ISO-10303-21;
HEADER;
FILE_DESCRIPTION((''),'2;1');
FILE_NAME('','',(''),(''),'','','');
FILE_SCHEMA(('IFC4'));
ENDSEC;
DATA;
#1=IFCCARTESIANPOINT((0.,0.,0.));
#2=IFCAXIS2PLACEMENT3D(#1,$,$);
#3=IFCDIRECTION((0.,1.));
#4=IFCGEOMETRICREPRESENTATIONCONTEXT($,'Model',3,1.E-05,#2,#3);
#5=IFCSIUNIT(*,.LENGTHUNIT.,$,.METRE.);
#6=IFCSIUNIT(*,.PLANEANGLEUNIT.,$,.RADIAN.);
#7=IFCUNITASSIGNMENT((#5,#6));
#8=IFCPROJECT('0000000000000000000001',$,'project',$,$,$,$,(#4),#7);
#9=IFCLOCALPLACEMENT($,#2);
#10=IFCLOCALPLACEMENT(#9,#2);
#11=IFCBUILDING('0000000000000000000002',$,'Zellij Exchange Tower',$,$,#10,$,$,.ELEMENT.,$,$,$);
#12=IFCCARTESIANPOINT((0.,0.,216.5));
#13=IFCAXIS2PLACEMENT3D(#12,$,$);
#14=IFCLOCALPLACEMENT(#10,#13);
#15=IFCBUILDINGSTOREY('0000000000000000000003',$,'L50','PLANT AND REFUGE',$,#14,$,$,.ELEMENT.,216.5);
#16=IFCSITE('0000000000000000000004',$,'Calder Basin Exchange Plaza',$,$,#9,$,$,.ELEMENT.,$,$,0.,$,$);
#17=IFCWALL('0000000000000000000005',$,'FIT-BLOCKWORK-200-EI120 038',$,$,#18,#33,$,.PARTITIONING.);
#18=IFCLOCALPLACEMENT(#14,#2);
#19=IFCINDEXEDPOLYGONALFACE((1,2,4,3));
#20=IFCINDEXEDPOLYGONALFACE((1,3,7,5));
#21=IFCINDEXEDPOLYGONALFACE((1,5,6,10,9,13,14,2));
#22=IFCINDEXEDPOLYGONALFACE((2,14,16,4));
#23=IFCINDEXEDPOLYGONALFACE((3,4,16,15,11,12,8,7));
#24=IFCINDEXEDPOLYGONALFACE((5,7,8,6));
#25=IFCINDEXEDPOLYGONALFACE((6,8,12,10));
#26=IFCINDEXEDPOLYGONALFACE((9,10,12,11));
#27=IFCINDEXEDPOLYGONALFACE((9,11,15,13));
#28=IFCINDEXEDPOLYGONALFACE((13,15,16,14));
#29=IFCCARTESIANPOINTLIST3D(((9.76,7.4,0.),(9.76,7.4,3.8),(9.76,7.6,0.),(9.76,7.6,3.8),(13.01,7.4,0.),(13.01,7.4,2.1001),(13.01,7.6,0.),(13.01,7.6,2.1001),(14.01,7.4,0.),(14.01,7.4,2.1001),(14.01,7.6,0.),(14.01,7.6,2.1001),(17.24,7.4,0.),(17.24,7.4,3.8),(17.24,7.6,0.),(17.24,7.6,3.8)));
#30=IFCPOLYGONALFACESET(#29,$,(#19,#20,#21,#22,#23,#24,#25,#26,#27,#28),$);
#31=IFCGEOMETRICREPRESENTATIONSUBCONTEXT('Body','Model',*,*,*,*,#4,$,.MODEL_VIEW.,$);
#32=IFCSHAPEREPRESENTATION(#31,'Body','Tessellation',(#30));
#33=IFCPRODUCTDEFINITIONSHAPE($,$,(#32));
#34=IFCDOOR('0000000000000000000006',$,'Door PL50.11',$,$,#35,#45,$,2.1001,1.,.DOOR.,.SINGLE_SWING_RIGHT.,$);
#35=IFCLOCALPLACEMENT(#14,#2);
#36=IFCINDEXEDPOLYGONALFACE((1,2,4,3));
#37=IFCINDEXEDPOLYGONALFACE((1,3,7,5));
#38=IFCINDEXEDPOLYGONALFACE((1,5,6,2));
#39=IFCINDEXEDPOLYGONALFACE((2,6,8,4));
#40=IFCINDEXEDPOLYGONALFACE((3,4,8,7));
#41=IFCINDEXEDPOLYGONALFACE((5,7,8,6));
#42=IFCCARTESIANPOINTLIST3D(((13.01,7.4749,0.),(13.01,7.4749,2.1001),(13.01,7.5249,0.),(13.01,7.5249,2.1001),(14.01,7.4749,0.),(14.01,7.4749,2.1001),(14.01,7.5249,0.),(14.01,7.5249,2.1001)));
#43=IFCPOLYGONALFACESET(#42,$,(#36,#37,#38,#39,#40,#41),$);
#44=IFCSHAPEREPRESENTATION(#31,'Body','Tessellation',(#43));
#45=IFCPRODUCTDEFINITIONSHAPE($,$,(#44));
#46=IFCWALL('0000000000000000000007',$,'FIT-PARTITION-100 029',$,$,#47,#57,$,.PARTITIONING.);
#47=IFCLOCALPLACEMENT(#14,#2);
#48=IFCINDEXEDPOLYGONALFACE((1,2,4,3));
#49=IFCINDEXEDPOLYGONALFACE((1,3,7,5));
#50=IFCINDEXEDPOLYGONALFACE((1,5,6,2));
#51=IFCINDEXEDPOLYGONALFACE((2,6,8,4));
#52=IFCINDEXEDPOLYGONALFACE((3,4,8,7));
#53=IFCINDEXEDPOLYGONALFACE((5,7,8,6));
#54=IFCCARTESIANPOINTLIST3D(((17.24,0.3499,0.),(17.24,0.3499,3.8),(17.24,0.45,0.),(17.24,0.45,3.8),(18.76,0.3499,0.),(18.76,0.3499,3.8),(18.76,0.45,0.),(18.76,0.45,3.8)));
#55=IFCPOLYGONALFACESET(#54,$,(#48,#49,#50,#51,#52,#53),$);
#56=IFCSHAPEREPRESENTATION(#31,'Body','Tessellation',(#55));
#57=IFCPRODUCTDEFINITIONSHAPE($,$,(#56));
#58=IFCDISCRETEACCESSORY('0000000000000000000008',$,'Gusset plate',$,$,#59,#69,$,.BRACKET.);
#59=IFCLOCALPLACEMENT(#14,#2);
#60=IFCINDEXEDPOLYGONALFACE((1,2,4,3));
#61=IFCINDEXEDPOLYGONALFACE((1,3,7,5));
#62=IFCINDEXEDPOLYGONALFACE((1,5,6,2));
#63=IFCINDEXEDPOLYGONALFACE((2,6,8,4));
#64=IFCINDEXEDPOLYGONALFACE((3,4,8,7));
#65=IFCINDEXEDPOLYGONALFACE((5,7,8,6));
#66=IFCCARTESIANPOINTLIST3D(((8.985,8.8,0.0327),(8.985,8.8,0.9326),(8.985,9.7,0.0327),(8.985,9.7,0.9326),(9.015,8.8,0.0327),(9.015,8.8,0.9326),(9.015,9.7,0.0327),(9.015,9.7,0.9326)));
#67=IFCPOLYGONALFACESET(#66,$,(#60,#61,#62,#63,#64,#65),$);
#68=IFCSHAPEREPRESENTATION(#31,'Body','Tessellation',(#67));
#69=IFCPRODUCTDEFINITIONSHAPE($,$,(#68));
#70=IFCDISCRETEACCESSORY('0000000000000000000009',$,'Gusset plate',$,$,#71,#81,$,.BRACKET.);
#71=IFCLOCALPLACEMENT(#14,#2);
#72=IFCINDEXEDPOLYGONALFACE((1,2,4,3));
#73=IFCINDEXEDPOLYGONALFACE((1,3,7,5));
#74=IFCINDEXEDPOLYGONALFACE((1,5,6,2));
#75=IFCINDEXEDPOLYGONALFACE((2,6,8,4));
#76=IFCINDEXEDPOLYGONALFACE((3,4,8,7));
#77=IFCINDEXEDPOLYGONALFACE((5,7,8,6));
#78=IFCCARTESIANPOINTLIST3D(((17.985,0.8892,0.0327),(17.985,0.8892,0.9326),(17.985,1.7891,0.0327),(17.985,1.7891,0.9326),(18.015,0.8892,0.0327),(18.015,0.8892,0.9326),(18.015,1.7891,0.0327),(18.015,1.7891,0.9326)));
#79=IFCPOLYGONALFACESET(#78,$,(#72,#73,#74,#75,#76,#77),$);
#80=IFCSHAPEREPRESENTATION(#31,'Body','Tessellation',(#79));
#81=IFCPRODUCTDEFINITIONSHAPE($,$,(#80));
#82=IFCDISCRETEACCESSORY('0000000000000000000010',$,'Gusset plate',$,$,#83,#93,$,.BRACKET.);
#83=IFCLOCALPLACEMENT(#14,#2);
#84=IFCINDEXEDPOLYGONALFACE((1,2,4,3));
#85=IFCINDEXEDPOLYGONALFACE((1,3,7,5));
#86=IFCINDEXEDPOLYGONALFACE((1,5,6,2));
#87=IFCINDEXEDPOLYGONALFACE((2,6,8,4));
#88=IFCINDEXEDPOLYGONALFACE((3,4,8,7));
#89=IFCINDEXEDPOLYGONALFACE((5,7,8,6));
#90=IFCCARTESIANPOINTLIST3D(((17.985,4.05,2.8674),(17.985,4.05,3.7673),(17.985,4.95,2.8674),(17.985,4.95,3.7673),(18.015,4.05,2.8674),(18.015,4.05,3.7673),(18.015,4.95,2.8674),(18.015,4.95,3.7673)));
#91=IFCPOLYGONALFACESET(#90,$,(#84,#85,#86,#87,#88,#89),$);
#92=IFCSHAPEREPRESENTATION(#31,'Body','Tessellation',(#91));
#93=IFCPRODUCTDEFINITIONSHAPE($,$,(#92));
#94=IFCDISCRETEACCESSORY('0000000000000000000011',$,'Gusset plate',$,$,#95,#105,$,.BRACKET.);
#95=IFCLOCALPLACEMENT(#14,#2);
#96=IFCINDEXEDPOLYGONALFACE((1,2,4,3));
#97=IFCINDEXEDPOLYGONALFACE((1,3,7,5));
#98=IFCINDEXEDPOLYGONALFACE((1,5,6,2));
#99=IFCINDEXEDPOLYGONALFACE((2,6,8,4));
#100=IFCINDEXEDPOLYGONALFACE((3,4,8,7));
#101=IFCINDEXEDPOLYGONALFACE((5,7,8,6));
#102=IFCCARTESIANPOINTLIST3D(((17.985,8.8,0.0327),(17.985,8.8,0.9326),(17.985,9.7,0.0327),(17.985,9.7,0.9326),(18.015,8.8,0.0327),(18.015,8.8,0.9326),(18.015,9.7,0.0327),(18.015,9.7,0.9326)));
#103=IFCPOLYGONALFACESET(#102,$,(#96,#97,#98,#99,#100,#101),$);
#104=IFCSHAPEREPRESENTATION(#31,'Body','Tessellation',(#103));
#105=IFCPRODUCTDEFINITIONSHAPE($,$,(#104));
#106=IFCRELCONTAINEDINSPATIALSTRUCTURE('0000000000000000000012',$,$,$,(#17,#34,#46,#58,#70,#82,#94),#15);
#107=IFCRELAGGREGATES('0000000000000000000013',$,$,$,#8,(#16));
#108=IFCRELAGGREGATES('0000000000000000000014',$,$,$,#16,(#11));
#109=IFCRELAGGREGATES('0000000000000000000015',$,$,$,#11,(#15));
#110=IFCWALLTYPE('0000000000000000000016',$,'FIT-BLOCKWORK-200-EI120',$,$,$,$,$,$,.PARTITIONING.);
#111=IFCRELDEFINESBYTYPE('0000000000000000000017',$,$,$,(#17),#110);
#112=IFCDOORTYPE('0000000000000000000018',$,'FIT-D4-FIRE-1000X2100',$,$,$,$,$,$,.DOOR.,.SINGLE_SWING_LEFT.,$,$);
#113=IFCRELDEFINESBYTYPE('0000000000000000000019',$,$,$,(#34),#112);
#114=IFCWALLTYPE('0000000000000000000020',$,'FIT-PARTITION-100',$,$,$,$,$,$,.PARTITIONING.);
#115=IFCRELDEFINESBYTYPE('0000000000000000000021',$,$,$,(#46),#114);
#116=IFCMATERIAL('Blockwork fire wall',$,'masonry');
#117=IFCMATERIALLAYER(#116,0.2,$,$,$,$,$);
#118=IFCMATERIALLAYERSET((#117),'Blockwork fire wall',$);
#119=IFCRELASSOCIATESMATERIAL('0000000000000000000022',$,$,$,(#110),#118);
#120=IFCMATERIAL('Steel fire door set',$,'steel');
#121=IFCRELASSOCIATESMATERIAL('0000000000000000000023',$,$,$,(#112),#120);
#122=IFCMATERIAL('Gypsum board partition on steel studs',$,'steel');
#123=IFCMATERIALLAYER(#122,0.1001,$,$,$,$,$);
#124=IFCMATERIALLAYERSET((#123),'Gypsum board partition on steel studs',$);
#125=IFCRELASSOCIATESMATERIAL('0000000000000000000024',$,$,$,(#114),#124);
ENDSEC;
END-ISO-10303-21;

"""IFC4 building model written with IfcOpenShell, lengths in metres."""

from ifc_helpers import new_model, si_unit, direction, frame, frame_2d, origin, origin_2d, place, context, subcontext, project, spatial, rectangle, extrude, material, layer, layer_set, type_object, element, fill, save


model = new_model("IFC4")

# Units and contexts
model_context = context("Model", 3, precision=1e-05, world=origin(), true_north=direction((0.0, 1.0)))
body_context = subcontext(model_context, "Body", "Model", "MODEL_VIEW")
ifc_project = project(units=[si_unit("LENGTHUNIT", "METRE"), si_unit("PLANEANGLEUNIT", "RADIAN")], contexts=[model_context])

# Site, building, storey
site_placement = place(None, origin())
site = spatial("IfcSite", under=ifc_project, at=site_placement, Name="Calder Basin Exchange Plaza", CompositionType="ELEMENT", RefElevation=0.0)
building_placement = place(site_placement, origin())
building = spatial("IfcBuilding", under=site, at=building_placement, Name="Zellij Exchange Tower", CompositionType="ELEMENT")
storey_placement = place(building_placement, frame((0.0, 0.0, 216.5)))
storey = spatial("IfcBuildingStorey", under=building, at=storey_placement, Name="L50", Description="PLANT AND REFUGE", CompositionType="ELEMENT", Elevation=216.5)

# Shared definitions
ifc_material_1 = material(Name="Blockwork fire wall", Category="masonry")
ifc_layer_1 = layer(ifc_material_1, 0.2)
ifc_layer_set_1 = layer_set([ifc_layer_1], Name="Blockwork fire wall")
wall_type_1 = type_object("IfcWallType", Name="FIT-BLOCKWORK-200-EI120", PredefinedType="PARTITIONING", material=ifc_layer_set_1)
ifc_material_2 = material(Name="Steel fire door set", Category="steel")

# Wall, opening, door
wall_1_placement = place(storey_placement, frame((9.76, 7.5, 0.0), z_axis=(0.0, 0.0, 1.0), x_axis=(1.0, 0.0, 0.0)))
wall_1 = element("IfcWall", 1, at=wall_1_placement, inside=storey, type_object=wall_type_1, Name="FIT-BLOCKWORK-200-EI120 038", PredefinedType="PARTITIONING", context=body_context, shape_type="SweptSolid", body=[
    extrude(rectangle(XDim=7.48, YDim=0.2, at=frame_2d((3.74, 0.0))), origin(), (0.0, 0.0, 1.0), 3.8),
])
opening_1_placement = place(wall_1_placement, frame((3.25, 0.0, 0.0)))
opening_1 = element("IfcOpeningElement", 2, at=opening_1_placement, cuts=wall_1, PredefinedType="OPENING", context=body_context, shape_type="SweptSolid", body=[
    extrude(rectangle(XDim=1.0, YDim=2.1001, at=frame_2d((0.5, 1.05))), frame((0.0, 0.1118, 0.0), z_axis=(0.0, -1.0, 0.0), x_axis=(1.0, 0.0, 0.0)), (0.0, 0.0, 1.0), 0.2239),
])
door_type_1 = type_object("IfcDoorType", Name="FIT-D4-FIRE-1000X2100", OperationType="SINGLE_SWING_LEFT", PredefinedType="DOOR", material=ifc_material_2)
door_1_placement = place(opening_1_placement, origin())
door_1 = element("IfcDoor", 3, at=door_1_placement, inside=storey, type_object=door_type_1, Name="Door PL50.11", OperationType="SINGLE_SWING_RIGHT", OverallHeight=2.1001, OverallWidth=1.0, PredefinedType="DOOR", context=body_context, shape_type="SweptSolid", body=[
    extrude(rectangle(XDim=1.0, YDim=2.1001, at=frame_2d((0.5, 1.05))), frame((0.0, 0.0249, 0.0), z_axis=(0.0, -1.0, 0.0), x_axis=(1.0, 0.0, 0.0)), (0.0, 0.0, 1.0), 0.05),
])
fill(opening_1, door_1)

# Wall
ifc_material_3 = material(Name="Gypsum board partition on steel studs", Category="steel")
ifc_layer_2 = layer(ifc_material_3, 0.1001)
ifc_layer_set_2 = layer_set([ifc_layer_2], Name="Gypsum board partition on steel studs")
wall_type_2 = type_object("IfcWallType", Name="FIT-PARTITION-100", PredefinedType="PARTITIONING", material=ifc_layer_set_2)
wall_2_placement = place(storey_placement, frame((17.24, 0.3999, 0.0), z_axis=(0.0, 0.0, 1.0), x_axis=(1.0, 0.0, 0.0)))
element("IfcWall", 4, at=wall_2_placement, inside=storey, type_object=wall_type_2, Name="FIT-PARTITION-100 029", PredefinedType="PARTITIONING", context=body_context, shape_type="SweptSolid", body=[
    extrude(rectangle(XDim=1.52, YDim=0.1001, at=frame_2d((0.76, 0.0))), origin(), (0.0, 0.0, 1.0), 3.8),
])

# Discrete accessories
for number, where, z_axis, x_axis, name in (
    (5, (9.0, 9.25, 0.0327), (0.0, 0.0, 1.0), (0.0, 1.0, 0.0), "Gusset plate"),
    (6, (18.0, 1.3391, 0.0327), (0.0, 0.0, 1.0), (0.0, 1.0, 0.0), "Gusset plate"),
    (7, (18.0, 4.5, 2.8674), (0.0, 0.0, 1.0), (0.0, 1.0, 0.0), "Gusset plate"),
    (8, (18.0, 9.25, 0.0327), (0.0, 0.0, 1.0), (0.0, 1.0, 0.0), "Gusset plate"),
):
    element("IfcDiscreteAccessory", number, at=place(storey_placement, frame(where, z_axis=z_axis, x_axis=x_axis)), inside=storey, Name=name, PredefinedType="BRACKET", context=body_context, shape_type="SweptSolid", body=[
        extrude(rectangle(XDim=0.8999, YDim=0.03, at=origin_2d()), origin(), (0.0, 0.0, 1.0), 0.8999),
    ])

save(model, "model.ifc")
